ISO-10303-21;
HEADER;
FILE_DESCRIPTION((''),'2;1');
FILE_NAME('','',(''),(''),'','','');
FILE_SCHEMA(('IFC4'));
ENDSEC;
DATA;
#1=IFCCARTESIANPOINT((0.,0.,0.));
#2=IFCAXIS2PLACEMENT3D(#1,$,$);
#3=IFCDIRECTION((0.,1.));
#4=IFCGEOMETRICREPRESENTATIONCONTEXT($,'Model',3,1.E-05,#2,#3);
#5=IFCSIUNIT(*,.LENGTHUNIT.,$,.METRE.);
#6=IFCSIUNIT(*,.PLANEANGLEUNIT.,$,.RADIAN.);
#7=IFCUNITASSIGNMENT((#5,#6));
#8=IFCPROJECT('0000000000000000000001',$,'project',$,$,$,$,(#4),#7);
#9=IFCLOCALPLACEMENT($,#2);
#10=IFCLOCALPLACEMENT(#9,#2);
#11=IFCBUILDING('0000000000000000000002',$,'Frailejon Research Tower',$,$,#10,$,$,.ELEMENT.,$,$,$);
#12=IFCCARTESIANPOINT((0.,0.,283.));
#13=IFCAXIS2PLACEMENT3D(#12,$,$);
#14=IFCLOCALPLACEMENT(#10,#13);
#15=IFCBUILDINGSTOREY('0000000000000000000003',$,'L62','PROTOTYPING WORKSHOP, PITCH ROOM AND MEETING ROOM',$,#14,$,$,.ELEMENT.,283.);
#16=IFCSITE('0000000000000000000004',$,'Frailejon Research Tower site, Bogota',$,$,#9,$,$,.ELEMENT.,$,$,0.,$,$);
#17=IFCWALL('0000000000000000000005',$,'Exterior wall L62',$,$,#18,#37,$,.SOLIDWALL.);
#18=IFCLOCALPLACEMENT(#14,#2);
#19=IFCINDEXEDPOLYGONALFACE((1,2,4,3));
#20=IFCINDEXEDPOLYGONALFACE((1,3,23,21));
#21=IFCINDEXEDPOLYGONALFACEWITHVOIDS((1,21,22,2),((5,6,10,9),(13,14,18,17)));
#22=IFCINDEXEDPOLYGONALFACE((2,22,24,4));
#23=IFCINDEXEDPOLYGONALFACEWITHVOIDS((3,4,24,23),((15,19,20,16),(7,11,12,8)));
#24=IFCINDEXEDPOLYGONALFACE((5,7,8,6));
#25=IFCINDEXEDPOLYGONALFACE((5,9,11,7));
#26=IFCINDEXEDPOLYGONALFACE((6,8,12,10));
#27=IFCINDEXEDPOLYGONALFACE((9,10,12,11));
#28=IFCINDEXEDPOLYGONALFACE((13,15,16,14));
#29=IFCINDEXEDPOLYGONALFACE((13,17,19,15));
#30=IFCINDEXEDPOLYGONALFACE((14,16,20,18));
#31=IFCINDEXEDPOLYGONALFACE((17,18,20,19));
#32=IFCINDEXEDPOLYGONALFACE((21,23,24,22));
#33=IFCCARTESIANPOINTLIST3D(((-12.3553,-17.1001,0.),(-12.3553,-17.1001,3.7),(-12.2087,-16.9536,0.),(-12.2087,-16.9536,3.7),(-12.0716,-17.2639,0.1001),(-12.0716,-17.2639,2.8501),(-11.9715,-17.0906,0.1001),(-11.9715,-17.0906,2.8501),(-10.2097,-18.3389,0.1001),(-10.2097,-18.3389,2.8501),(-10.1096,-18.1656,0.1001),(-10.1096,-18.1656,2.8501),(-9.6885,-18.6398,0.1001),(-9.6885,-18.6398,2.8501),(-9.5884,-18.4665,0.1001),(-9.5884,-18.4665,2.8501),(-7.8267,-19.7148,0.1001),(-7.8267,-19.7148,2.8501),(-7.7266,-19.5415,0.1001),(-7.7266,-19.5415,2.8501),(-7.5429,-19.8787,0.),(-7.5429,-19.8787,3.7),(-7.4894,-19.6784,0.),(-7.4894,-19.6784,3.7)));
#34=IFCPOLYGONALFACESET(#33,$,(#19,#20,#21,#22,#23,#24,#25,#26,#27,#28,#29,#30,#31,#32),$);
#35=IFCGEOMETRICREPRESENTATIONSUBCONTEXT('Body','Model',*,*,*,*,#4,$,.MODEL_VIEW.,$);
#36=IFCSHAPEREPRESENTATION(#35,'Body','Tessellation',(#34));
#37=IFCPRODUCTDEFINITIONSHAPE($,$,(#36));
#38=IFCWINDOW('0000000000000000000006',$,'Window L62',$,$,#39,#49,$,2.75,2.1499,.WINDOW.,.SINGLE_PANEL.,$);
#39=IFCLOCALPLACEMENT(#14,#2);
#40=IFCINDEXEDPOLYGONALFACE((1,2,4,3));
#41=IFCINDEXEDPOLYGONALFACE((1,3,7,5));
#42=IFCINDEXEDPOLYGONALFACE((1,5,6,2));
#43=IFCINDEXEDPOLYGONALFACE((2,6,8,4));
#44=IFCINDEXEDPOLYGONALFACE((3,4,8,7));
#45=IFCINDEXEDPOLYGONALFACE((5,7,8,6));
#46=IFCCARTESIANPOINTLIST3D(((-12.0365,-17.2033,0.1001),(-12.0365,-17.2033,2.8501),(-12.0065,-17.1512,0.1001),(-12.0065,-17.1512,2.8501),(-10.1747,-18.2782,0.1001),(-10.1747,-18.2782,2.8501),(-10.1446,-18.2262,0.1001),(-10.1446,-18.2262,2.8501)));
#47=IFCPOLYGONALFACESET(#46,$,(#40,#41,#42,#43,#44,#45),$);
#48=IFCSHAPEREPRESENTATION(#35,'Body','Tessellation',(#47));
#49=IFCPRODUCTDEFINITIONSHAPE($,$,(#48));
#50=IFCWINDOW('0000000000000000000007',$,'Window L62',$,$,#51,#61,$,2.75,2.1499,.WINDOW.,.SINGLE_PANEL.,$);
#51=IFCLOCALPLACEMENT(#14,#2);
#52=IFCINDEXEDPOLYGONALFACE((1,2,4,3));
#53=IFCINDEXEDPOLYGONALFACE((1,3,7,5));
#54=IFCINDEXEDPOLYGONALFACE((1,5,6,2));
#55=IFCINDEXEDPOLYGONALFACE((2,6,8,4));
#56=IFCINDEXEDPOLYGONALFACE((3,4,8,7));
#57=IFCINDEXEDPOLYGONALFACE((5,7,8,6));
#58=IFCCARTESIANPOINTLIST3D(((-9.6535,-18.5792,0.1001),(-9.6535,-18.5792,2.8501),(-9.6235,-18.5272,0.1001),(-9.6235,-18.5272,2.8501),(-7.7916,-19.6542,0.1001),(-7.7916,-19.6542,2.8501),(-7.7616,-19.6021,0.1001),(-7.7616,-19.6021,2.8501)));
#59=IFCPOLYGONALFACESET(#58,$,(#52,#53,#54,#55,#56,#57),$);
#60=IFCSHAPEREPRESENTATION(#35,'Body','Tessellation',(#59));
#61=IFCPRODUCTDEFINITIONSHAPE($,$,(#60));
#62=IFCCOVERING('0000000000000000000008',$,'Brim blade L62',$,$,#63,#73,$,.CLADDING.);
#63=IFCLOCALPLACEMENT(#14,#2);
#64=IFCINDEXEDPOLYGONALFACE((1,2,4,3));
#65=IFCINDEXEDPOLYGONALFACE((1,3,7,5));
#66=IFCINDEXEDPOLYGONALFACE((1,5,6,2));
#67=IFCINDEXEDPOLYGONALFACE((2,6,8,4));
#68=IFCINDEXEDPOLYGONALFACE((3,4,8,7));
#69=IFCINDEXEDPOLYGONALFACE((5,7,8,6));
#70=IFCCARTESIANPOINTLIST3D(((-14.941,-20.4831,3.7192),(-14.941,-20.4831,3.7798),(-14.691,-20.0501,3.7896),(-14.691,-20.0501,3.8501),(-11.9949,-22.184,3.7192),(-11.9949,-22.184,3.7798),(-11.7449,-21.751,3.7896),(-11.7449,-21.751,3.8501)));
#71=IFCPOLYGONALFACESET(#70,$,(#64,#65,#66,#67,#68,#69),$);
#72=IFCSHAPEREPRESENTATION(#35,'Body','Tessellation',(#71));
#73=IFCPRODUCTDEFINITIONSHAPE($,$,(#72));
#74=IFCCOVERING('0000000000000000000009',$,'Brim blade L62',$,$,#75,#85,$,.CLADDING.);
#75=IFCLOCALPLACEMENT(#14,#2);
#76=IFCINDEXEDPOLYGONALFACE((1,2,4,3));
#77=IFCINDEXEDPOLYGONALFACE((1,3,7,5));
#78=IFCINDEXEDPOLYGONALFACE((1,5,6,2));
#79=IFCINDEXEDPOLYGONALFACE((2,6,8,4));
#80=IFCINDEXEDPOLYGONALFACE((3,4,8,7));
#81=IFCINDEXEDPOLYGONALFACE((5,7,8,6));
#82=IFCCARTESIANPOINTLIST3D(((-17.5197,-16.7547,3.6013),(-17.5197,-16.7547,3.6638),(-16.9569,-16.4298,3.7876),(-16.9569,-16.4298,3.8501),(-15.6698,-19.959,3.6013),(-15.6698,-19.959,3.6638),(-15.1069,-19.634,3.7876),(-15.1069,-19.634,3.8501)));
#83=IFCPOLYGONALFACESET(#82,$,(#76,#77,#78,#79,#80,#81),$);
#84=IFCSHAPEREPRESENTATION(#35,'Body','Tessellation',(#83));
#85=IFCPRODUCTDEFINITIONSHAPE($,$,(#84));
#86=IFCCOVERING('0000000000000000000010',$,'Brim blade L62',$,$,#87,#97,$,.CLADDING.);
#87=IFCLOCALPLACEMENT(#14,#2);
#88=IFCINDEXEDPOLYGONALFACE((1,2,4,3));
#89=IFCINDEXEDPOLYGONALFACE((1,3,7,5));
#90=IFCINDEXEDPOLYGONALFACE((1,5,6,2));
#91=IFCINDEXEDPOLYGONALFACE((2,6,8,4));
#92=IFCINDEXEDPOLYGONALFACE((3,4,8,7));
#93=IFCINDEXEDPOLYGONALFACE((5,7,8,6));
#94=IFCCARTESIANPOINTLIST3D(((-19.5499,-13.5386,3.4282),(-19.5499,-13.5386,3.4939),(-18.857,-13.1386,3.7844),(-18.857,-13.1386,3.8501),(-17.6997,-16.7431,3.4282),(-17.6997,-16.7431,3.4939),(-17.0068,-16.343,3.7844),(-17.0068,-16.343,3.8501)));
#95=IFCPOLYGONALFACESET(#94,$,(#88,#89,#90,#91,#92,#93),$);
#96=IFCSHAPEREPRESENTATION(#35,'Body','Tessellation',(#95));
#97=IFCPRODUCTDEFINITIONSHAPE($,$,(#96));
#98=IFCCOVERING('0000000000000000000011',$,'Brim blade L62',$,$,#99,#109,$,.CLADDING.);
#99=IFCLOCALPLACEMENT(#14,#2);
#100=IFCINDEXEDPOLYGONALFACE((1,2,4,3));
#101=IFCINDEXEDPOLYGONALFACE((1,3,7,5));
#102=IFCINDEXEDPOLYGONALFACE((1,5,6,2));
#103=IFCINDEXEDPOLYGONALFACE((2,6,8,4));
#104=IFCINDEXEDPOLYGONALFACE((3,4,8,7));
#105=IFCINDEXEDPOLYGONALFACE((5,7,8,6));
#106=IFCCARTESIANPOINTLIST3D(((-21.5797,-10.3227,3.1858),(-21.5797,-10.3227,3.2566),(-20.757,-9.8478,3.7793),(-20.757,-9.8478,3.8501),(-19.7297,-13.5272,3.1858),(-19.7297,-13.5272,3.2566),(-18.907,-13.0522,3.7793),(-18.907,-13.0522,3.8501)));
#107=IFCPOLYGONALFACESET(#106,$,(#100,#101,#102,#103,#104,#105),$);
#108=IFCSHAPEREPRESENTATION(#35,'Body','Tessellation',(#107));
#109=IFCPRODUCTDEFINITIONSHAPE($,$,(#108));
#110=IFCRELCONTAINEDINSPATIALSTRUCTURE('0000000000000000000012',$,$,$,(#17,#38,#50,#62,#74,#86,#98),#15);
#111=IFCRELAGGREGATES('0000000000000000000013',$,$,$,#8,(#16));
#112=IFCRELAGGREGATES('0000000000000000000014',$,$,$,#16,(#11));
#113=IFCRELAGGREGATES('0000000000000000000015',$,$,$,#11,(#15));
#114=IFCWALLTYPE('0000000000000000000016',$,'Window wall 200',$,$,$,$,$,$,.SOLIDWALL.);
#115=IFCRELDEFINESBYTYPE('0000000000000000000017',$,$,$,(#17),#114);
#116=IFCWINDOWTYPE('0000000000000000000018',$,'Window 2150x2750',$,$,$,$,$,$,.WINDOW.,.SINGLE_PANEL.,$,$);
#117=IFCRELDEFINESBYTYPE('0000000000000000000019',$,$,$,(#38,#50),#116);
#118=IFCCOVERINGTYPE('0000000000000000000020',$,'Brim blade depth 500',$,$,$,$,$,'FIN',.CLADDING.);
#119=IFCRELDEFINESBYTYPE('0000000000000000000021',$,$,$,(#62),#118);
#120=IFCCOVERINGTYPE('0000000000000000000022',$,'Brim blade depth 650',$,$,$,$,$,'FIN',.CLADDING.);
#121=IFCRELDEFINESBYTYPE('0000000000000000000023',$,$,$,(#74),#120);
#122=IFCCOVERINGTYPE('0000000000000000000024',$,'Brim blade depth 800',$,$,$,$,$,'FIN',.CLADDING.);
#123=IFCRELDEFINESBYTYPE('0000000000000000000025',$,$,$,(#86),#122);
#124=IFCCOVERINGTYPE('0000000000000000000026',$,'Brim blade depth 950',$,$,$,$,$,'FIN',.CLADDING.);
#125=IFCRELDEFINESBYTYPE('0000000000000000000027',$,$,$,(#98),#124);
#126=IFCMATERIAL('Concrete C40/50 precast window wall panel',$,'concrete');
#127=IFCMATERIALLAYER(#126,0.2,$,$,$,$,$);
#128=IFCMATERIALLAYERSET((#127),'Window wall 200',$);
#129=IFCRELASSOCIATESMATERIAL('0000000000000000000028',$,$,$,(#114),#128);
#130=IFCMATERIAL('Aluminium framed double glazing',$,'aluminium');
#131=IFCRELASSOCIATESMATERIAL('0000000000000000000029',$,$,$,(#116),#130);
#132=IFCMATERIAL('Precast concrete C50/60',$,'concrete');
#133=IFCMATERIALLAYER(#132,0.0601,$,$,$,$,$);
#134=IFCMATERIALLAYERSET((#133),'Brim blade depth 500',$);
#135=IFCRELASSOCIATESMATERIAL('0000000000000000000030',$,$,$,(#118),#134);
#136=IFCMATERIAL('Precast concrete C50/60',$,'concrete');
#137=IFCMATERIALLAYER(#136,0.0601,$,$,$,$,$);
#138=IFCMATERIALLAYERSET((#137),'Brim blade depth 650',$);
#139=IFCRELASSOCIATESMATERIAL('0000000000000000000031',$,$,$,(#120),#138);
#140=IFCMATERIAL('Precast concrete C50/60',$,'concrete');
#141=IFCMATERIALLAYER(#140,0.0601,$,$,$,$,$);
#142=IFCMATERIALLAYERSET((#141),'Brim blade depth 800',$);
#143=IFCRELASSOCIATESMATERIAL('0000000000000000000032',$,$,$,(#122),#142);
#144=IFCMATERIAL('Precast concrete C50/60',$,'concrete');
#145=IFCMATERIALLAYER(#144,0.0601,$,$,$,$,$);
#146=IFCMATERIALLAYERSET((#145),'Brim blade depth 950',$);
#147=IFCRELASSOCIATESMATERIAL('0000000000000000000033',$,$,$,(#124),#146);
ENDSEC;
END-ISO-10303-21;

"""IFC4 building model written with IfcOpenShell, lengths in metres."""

from ifc_helpers import new_model, si_unit, direction, frame, frame_2d, origin, place, context, subcontext, project, spatial, polyline, rectangle, outline, extrude, material, layer, layer_set, type_object, element, fill, save


model = new_model("IFC4")

# Units and contexts
model_context = context("Model", 3, precision=1e-05, world=origin(), true_north=direction((0.0, 1.0)))
body_context = subcontext(model_context, "Body", "Model", "MODEL_VIEW")
ifc_project = project(units=[si_unit("LENGTHUNIT", "METRE"), si_unit("PLANEANGLEUNIT", "RADIAN")], contexts=[model_context])

# Site, building, storey
site_placement = place(None, origin())
site = spatial("IfcSite", under=ifc_project, at=site_placement, Name="Frailejon Research Tower site, Bogota", CompositionType="ELEMENT", RefElevation=0.0)
building_placement = place(site_placement, origin())
building = spatial("IfcBuilding", under=site, at=building_placement, Name="Frailejon Research Tower", CompositionType="ELEMENT")
storey_placement = place(building_placement, frame((0.0, 0.0, 283.0)))
storey = spatial("IfcBuildingStorey", under=building, at=storey_placement, Name="L62", Description="PROTOTYPING WORKSHOP, PITCH ROOM AND MEETING ROOM", CompositionType="ELEMENT", Elevation=283.0)

# Wall, openings, windows
ifc_material_1 = material(Name="Concrete C40/50 precast window wall panel", Category="concrete")
ifc_layer_1 = layer(ifc_material_1, 0.2)
ifc_layer_set_1 = layer_set([ifc_layer_1], Name="Window wall 200")
wall_type_1 = type_object("IfcWallType", Name="Window wall 200", PredefinedType="SOLIDWALL", material=ifc_layer_set_1)
wall_1_placement = place(storey_placement, frame((-12.282, -17.0269, 0.0), z_axis=(0.0, 0.0, 1.0), x_axis=(0.866015, -0.500018, 0.0)))
wall_1 = element("IfcWall", 1, at=wall_1_placement, inside=storey, type_object=wall_type_1, Name="Exterior wall L62", PredefinedType="SOLIDWALL", context=body_context, shape_type="SweptSolid", body=[
    extrude(outline(polyline([(-0.0269, -0.1001), (1.0845, -0.1001), (2.1958, -0.1001), (3.3074, -0.1001), (4.4187, -0.1001), (5.53, -0.1001), (5.4763, 0.1001), (4.3865, 0.1001), (3.2966, 0.1001), (2.2065, 0.1001), (1.1167, 0.1001), (0.0269, 0.1001), (-0.0269, -0.1001)])), origin(), (0.0, 0.0, 1.0), 3.7),
])
opening_1_placement = place(wall_1_placement, frame((0.3008, 0.0, 0.1001)))
opening_1 = element("IfcOpeningElement", 2, at=opening_1_placement, cuts=wall_1, PredefinedType="OPENING", context=body_context, shape_type="SweptSolid", body=[
    extrude(rectangle(XDim=2.1499, YDim=2.75, at=frame_2d((1.075, 1.375))), frame((0.0, 0.1099, 0.0), z_axis=(0.0, -1.0, 0.0), x_axis=(1.0, 0.0, 0.0)), (0.0, 0.0, 1.0), 0.22),
])
opening_2_placement = place(wall_1_placement, frame((3.0525, 0.0, 0.1001)))
opening_2 = element("IfcOpeningElement", 3, at=opening_2_placement, cuts=wall_1, PredefinedType="OPENING", context=body_context, shape_type="SweptSolid", body=[
    extrude(rectangle(XDim=2.1499, YDim=2.75, at=frame_2d((1.075, 1.375))), frame((0.0, 0.1099, 0.0), z_axis=(0.0, -1.0, 0.0), x_axis=(1.0, 0.0, 0.0)), (0.0, 0.0, 1.0), 0.22),
])
ifc_material_2 = material(Name="Aluminium framed double glazing", Category="aluminium")
window_type = type_object("IfcWindowType", Name="Window 2150x2750", PartitioningType="SINGLE_PANEL", PredefinedType="WINDOW", material=ifc_material_2)
window_1_placement = place(opening_1_placement, origin())
window_1 = element("IfcWindow", 4, at=window_1_placement, inside=storey, type_object=window_type, Name="Window L62", OverallHeight=2.75, OverallWidth=2.1499, PartitioningType="SINGLE_PANEL", PredefinedType="WINDOW", context=body_context, shape_type="SweptSolid", body=[
    extrude(rectangle(XDim=2.1499, YDim=2.75, at=frame_2d((1.075, 1.375))), frame((0.0, 0.03, 0.0), z_axis=(0.0, -1.0, 0.0), x_axis=(1.0, 0.0, 0.0)), (0.0, 0.0, 1.0), 0.0601),
])
fill(opening_1, window_1)
window_2_placement = place(opening_2_placement, origin())
window_2 = element("IfcWindow", 5, at=window_2_placement, inside=storey, type_object=window_type, Name="Window L62", OverallHeight=2.75, OverallWidth=2.1499, PartitioningType="SINGLE_PANEL", PredefinedType="WINDOW", context=body_context, shape_type="SweptSolid", body=[
    extrude(rectangle(XDim=2.1499, YDim=2.75, at=frame_2d((1.075, 1.375))), frame((0.0, 0.03, 0.0), z_axis=(0.0, -1.0, 0.0), x_axis=(1.0, 0.0, 0.0)), (0.0, 0.0, 1.0), 0.0601),
])
fill(opening_2, window_2)

# Coverings
ifc_material_3 = material(Name="Precast concrete C50/60", Category="concrete")
ifc_layer_2 = layer(ifc_material_3, 0.0601)
ifc_layer_set_2 = layer_set([ifc_layer_2], Name="Brim blade depth 500")
covering_type_1 = type_object("IfcCoveringType", Name="Brim blade depth 500", ElementType="FIN", PredefinedType="CLADDING", material=ifc_layer_set_2)
covering_1_placement = place(storey_placement, frame((-11.7449, -21.751, 3.8501), z_axis=(-0.866029, 0.499994, 0.0), x_axis=(-0.499994, -0.866029, 0.0)))
element("IfcCovering", 6, at=covering_1_placement, inside=storey, type_object=covering_type_1, Name="Brim blade L62", PredefinedType="CLADDING", context=body_context, shape_type="SweptSolid", body=[
    extrude(outline(polyline([(0.0, -0.0605), (0.5, -0.1309), (0.5, -0.0703), (0.0, 0.0), (0.0, -0.0605)])), origin(), (0.0, 0.0, 1.0), 3.4019),
])
ifc_material_4 = material(Name="Precast concrete C50/60", Category="concrete")
ifc_layer_3 = layer(ifc_material_4, 0.0601)
ifc_layer_set_3 = layer_set([ifc_layer_3], Name="Brim blade depth 650")
covering_type_2 = type_object("IfcCoveringType", Name="Brim blade depth 650", ElementType="FIN", PredefinedType="CLADDING", material=ifc_layer_set_3)
covering_2_placement = place(storey_placement, frame((-15.1069, -19.634, 3.8501), z_axis=(-0.5, 0.866026, 0.0), x_axis=(-0.866026, -0.5, 0.0)))
element("IfcCovering", 7, at=covering_2_placement, inside=storey, type_object=covering_type_2, Name="Brim blade L62", PredefinedType="CLADDING", context=body_context, shape_type="SweptSolid", body=[
    extrude(outline(polyline([(0.0, -0.0625), (0.6499, -0.2488), (0.6499, -0.1863), (0.0, 0.0), (0.0, -0.0625)])), origin(), (0.0, 0.0, 1.0), 3.7),
])
ifc_material_5 = material(Name="Precast concrete C50/60", Category="concrete")
ifc_layer_4 = layer(ifc_material_5, 0.0601)
ifc_layer_set_4 = layer_set([ifc_layer_4], Name="Brim blade depth 800")
covering_type_3 = type_object("IfcCoveringType", Name="Brim blade depth 800", ElementType="FIN", PredefinedType="CLADDING", material=ifc_layer_set_4)
covering_3_placement = place(storey_placement, frame((-17.0068, -16.343, 3.8501), z_axis=(-0.500019, 0.866014, 0.0), x_axis=(-0.866014, -0.500019, 0.0)))
element("IfcCovering", 8, at=covering_3_placement, inside=storey, type_object=covering_type_3, Name="Brim blade L62", PredefinedType="CLADDING", context=body_context, shape_type="SweptSolid", body=[
    extrude(outline(polyline([(0.0, -0.0657), (0.8, -0.4219), (0.8, -0.3562), (0.0, 0.0), (0.0, -0.0657)])), origin(), (0.0, 0.0, 1.0), 3.7002),
])
ifc_material_6 = material(Name="Precast concrete C50/60", Category="concrete")
ifc_layer_5 = layer(ifc_material_6, 0.0601)
ifc_layer_set_5 = layer_set([ifc_layer_5], Name="Brim blade depth 950")
covering_type_4 = type_object("IfcCoveringType", Name="Brim blade depth 950", ElementType="FIN", PredefinedType="CLADDING", material=ifc_layer_set_5)
covering_4_placement = place(storey_placement, frame((-18.907, -13.0522, 3.8501), z_axis=(-0.499988, 0.866032, 0.0), x_axis=(-0.866032, -0.499988, 0.0)))
element("IfcCovering", 9, at=covering_4_placement, inside=storey, type_object=covering_type_4, Name="Brim blade L62", PredefinedType="CLADDING", context=body_context, shape_type="SweptSolid", body=[
    extrude(outline(polyline([(0.0, -0.0708), (0.95, -0.6643), (0.95, -0.5935), (0.0, 0.0), (0.0, -0.0708)])), origin(), (0.0, 0.0, 1.0), 3.7002),
])

save(model, "model.ifc")
